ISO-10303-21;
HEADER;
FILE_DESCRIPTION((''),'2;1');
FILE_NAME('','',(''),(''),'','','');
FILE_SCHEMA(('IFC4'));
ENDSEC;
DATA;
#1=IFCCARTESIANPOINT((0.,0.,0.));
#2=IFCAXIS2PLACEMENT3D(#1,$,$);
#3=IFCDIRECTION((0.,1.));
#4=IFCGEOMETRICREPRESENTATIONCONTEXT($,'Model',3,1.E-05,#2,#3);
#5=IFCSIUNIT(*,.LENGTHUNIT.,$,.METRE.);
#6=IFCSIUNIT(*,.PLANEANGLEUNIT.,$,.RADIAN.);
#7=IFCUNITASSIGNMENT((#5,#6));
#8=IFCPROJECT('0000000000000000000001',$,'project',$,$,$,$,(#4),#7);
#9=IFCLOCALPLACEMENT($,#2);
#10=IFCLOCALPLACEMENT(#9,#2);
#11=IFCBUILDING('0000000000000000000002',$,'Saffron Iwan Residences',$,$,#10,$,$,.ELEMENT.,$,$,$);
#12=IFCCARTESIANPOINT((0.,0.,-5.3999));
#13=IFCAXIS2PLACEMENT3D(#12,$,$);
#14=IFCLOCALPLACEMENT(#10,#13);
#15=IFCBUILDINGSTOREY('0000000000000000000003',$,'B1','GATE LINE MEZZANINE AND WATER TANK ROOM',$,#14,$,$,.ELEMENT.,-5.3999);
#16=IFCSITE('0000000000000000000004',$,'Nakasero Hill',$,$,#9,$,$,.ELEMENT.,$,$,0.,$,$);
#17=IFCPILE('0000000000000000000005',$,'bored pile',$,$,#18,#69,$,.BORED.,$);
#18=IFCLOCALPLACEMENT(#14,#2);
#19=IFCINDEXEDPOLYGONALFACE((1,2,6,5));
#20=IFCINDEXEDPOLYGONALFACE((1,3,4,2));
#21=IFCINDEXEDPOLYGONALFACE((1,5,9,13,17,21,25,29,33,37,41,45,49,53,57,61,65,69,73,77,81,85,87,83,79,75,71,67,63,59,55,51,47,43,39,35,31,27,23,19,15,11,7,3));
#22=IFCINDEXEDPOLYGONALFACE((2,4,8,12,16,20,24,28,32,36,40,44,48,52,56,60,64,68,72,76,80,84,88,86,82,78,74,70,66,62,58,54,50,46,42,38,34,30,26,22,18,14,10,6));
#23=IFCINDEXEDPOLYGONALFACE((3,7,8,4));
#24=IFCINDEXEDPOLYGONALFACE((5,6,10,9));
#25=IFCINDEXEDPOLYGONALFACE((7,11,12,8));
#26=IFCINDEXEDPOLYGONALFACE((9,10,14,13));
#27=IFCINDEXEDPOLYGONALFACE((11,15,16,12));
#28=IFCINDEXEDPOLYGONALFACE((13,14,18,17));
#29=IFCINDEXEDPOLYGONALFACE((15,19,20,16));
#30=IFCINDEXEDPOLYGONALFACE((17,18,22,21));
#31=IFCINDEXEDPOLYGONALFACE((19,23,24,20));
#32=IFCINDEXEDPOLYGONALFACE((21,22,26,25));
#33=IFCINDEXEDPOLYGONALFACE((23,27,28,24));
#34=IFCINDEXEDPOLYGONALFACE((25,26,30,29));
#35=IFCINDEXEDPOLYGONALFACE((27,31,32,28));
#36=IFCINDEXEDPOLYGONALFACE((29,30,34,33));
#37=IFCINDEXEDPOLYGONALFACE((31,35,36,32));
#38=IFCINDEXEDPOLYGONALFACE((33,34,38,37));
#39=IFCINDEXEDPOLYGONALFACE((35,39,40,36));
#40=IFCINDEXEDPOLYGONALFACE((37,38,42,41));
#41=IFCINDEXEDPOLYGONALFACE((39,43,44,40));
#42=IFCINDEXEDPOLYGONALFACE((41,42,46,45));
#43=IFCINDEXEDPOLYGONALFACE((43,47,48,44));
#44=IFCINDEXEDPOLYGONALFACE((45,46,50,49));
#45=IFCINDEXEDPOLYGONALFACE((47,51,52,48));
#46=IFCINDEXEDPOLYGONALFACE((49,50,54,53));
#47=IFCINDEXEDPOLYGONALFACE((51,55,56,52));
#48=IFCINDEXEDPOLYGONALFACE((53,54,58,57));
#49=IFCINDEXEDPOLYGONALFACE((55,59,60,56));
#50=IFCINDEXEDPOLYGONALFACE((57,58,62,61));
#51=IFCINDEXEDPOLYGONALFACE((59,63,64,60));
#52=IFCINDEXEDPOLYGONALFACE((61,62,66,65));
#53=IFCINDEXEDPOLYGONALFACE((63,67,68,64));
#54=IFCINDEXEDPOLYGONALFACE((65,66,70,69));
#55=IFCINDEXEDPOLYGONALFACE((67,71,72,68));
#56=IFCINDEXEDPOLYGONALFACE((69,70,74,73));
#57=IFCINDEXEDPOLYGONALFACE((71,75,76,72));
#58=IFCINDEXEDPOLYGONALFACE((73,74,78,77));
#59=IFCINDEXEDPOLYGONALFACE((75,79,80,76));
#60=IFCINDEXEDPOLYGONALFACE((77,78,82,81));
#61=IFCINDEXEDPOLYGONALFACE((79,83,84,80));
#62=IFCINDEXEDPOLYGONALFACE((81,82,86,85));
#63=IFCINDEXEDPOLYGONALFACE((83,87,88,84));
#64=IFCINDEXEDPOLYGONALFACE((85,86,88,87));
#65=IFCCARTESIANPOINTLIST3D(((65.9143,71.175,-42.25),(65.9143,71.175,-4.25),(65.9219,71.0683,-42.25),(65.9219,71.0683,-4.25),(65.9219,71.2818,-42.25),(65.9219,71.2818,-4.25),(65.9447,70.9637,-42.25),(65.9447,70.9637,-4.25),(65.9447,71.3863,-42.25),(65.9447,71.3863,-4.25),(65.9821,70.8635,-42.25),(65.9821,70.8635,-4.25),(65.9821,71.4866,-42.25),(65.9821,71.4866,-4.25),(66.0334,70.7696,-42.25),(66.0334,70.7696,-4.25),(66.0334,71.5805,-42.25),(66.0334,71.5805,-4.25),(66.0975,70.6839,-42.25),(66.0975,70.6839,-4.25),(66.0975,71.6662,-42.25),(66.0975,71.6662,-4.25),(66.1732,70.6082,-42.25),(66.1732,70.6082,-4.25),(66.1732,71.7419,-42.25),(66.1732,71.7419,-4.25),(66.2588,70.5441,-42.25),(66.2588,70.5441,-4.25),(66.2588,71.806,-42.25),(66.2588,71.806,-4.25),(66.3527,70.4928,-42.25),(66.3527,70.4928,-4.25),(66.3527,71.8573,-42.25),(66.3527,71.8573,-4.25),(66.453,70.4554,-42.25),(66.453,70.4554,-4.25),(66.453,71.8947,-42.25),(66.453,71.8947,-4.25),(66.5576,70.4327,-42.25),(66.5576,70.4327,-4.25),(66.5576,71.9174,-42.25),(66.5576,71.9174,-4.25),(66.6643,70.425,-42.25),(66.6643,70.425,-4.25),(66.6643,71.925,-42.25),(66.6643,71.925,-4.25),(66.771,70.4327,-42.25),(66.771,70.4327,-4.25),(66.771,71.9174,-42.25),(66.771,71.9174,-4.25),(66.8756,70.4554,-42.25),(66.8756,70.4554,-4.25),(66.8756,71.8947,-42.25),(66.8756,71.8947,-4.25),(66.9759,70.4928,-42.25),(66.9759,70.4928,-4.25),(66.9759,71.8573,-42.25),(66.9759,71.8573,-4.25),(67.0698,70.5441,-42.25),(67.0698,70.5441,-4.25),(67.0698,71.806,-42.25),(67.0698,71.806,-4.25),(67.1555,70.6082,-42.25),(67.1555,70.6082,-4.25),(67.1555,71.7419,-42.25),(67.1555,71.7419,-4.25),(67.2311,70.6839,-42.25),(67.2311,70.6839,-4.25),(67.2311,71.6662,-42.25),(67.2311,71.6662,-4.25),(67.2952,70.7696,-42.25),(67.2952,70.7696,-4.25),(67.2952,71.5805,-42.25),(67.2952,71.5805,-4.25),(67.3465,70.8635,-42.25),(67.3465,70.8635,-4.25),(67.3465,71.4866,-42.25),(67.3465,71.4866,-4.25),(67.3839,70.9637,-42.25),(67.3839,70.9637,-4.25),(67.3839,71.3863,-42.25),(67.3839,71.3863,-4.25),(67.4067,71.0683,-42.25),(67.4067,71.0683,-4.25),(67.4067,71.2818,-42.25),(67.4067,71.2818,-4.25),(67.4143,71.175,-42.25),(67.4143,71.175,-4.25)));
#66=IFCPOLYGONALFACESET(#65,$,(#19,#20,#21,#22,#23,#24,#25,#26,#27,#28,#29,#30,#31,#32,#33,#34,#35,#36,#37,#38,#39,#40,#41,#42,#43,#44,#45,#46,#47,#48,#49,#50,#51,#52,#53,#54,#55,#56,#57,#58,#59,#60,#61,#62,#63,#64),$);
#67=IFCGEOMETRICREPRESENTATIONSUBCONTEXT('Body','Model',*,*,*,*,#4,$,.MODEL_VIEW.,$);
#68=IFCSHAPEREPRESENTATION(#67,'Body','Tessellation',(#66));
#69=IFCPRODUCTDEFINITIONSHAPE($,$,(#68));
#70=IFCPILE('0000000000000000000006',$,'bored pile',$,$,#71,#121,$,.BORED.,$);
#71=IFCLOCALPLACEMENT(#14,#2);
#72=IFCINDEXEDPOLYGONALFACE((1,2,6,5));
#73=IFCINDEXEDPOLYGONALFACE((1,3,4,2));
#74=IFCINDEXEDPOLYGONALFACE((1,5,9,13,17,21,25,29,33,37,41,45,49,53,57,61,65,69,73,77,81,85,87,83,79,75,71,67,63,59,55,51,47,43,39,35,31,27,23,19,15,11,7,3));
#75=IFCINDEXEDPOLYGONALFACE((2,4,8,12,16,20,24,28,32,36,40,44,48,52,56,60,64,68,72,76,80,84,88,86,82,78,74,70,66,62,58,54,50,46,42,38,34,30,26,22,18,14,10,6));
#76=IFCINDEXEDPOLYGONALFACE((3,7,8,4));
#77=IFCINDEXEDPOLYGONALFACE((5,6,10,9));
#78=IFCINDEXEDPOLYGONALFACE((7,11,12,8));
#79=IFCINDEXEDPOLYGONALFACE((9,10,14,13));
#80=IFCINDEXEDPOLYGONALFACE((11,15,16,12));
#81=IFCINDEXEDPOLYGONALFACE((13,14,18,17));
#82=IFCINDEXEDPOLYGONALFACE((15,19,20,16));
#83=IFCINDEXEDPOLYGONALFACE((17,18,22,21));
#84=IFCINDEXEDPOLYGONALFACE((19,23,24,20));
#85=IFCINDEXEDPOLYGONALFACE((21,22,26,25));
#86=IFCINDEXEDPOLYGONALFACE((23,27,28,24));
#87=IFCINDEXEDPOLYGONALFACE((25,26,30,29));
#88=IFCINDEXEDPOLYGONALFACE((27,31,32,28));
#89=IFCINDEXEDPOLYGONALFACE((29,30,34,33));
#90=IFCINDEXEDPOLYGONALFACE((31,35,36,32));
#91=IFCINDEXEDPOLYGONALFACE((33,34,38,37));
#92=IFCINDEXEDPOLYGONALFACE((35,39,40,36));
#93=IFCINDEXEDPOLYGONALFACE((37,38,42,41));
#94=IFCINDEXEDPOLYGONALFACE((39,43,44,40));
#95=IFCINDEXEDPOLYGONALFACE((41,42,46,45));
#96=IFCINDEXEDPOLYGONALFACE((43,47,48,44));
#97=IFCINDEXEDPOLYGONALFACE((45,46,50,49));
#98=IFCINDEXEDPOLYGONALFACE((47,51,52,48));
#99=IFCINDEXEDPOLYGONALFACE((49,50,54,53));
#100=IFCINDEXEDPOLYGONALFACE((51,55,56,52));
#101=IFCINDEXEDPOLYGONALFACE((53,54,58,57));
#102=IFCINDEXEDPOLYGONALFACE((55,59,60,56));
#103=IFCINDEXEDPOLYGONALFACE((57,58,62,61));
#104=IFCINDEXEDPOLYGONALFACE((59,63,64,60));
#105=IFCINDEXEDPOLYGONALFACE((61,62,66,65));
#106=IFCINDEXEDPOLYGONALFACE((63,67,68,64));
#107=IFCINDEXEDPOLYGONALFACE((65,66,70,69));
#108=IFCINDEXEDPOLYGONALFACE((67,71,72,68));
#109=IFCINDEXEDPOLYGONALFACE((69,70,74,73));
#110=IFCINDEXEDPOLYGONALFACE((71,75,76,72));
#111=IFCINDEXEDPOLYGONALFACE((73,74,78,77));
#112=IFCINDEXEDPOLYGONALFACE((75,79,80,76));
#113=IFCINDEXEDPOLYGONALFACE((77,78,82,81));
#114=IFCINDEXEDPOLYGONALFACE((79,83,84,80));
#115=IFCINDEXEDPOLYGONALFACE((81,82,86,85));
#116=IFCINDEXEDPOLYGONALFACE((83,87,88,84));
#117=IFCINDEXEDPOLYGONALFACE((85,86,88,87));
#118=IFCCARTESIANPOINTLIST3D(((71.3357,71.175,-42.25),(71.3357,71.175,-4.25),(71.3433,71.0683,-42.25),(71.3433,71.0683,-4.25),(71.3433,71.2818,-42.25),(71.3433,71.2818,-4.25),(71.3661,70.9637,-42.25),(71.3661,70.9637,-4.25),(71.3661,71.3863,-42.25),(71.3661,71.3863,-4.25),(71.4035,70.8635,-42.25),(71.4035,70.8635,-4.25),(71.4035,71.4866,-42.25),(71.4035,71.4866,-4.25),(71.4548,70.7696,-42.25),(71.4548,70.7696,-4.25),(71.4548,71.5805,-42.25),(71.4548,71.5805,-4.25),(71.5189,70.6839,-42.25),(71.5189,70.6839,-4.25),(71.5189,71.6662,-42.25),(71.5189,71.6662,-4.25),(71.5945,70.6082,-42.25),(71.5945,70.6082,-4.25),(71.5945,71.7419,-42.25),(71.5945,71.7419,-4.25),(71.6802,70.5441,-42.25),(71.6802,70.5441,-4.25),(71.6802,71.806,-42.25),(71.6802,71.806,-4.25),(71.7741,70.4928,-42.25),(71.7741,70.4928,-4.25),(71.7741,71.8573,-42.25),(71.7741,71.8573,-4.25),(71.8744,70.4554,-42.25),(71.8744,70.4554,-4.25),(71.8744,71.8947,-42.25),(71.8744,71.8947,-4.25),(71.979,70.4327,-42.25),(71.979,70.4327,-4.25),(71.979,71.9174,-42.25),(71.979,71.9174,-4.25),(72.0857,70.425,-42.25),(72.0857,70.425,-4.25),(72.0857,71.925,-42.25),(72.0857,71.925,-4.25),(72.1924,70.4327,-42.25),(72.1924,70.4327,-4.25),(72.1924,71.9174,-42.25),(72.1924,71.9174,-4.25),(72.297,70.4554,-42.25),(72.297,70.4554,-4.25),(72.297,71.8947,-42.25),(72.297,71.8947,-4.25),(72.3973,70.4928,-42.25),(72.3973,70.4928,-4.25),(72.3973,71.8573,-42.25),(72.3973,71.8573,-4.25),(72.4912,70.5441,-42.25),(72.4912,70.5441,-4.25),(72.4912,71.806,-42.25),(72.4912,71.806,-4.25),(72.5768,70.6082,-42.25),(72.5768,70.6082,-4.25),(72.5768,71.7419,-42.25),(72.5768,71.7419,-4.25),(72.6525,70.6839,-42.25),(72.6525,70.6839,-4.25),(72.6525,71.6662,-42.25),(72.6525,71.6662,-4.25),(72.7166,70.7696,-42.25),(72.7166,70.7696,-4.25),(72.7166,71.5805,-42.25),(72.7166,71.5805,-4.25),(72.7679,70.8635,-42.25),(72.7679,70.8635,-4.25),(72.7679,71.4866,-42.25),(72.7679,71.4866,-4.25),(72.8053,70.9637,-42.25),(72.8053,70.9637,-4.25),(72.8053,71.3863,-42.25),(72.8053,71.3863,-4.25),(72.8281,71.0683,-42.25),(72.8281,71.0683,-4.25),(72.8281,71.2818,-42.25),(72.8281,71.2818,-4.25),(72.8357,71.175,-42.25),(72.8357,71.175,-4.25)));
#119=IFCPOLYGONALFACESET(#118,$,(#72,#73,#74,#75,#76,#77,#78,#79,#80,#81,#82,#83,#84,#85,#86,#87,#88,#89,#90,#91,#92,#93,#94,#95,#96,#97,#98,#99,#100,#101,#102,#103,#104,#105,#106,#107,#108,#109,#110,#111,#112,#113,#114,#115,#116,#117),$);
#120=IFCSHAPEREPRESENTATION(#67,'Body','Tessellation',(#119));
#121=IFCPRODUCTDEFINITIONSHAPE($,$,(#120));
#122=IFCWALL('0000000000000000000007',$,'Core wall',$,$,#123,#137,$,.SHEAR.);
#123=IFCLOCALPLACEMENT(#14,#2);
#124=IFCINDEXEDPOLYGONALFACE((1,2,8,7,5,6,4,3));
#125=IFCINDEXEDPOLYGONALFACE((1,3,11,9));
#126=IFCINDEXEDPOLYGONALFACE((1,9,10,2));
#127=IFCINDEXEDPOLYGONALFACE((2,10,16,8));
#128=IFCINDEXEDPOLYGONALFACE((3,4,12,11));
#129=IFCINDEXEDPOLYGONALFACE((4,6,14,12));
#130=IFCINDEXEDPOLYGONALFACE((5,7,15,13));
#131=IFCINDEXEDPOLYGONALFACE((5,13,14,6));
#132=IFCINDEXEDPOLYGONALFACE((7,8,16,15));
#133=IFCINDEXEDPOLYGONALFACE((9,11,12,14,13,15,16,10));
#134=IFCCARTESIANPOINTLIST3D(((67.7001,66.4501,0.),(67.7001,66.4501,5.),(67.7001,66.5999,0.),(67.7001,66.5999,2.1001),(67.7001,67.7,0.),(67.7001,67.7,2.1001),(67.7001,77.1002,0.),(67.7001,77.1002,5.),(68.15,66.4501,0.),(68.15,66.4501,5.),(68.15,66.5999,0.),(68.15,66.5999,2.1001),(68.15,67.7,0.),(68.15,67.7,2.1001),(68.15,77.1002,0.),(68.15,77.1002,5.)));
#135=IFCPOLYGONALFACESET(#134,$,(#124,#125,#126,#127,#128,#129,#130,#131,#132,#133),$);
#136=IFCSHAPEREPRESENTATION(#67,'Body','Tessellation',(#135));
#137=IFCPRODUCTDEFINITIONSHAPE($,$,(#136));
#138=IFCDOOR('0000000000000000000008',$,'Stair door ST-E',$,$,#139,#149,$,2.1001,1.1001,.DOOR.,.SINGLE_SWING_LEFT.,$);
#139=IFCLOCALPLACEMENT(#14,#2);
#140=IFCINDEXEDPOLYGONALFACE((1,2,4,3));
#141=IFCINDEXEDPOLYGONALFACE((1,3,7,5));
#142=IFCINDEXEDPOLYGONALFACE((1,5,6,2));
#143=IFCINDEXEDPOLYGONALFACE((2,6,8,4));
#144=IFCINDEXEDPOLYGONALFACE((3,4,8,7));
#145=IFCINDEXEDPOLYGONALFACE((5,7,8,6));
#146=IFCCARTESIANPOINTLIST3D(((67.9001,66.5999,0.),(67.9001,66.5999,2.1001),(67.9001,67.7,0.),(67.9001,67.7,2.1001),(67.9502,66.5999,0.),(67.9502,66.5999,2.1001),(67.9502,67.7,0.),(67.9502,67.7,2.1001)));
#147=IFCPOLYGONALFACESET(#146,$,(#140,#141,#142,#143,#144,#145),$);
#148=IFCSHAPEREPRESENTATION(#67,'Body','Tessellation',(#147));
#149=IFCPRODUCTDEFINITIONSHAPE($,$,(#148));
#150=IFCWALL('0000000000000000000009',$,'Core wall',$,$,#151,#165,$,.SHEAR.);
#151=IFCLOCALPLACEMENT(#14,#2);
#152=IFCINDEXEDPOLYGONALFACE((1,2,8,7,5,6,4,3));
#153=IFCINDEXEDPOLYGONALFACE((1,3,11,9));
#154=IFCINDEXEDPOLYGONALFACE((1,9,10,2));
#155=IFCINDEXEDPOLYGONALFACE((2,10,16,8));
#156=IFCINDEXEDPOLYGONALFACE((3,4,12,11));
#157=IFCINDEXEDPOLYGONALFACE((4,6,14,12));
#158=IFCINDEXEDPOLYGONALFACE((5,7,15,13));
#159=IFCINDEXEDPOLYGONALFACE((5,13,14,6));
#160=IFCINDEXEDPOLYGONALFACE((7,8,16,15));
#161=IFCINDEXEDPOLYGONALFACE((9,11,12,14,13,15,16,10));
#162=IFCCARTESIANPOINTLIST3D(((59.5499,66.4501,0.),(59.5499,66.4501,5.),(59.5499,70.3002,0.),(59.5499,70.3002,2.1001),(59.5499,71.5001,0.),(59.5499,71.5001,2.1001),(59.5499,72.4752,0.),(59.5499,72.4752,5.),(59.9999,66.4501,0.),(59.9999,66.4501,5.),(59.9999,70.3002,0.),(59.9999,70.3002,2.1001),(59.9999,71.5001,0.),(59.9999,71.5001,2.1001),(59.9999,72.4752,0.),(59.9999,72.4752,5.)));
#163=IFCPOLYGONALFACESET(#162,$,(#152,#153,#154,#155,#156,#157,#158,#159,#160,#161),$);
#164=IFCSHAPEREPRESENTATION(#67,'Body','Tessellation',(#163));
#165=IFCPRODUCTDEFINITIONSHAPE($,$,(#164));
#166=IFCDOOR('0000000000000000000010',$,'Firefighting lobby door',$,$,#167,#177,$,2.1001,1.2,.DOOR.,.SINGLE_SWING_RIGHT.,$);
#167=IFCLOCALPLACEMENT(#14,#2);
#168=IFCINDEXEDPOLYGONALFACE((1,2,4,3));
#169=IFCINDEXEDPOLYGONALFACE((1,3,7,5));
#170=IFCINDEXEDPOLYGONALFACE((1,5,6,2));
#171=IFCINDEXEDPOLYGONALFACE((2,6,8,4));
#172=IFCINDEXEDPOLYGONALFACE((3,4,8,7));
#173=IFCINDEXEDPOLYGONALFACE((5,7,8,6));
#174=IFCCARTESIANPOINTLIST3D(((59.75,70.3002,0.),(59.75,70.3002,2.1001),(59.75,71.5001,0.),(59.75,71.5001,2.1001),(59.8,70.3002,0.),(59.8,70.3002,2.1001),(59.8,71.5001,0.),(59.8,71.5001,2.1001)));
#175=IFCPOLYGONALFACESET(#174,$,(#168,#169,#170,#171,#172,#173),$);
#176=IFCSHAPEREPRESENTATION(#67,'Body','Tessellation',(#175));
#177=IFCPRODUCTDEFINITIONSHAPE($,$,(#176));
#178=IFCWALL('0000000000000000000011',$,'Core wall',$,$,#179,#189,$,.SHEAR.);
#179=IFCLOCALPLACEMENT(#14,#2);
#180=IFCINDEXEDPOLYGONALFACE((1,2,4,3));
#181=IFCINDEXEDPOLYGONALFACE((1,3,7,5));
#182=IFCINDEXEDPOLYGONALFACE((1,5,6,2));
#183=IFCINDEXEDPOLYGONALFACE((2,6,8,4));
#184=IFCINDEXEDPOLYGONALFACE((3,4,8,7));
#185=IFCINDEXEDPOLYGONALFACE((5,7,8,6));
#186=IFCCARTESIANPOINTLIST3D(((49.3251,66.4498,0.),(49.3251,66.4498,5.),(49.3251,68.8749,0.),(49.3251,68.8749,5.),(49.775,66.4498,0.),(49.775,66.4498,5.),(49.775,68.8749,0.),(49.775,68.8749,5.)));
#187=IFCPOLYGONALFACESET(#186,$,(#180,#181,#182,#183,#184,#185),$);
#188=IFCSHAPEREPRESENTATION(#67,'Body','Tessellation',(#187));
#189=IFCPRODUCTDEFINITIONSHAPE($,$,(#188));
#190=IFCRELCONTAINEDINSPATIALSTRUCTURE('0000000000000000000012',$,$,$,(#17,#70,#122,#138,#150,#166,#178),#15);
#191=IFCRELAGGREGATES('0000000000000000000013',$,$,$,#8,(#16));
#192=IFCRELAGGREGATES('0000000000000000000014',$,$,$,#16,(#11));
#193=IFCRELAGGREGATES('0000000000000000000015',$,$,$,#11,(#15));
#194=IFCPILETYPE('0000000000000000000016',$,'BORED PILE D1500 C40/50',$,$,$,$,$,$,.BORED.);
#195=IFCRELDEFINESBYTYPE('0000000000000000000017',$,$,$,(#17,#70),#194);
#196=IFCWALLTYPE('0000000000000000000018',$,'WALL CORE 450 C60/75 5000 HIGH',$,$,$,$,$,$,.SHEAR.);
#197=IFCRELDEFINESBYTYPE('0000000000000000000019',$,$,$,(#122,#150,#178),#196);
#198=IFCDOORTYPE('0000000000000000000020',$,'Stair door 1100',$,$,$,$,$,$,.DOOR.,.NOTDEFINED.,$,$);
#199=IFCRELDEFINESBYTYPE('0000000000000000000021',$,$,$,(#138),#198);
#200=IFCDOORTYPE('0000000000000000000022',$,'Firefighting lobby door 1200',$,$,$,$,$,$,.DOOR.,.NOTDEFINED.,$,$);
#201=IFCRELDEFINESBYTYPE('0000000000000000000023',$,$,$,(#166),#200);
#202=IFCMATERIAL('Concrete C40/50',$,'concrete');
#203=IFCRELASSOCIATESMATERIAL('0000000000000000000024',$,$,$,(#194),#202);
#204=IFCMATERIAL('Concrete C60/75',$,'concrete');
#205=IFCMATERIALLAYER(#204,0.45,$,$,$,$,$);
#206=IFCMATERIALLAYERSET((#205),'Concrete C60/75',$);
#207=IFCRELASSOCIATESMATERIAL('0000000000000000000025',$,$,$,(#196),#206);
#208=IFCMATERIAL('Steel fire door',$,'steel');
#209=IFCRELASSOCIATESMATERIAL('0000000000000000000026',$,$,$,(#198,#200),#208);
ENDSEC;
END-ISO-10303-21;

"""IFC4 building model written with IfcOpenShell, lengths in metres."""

from ifc_helpers import new_model, si_unit, direction, frame, frame_2d, origin, origin_2d, place, context, subcontext, project, spatial, rectangle, circle, extrude, material, layer, layer_set, material_profile, profile_set, type_object, element, fill, save


model = new_model("IFC4")

# Units and contexts
model_context = context("Model", 3, precision=1e-05, world=origin(), true_north=direction((0.0, 1.0)))
body_context = subcontext(model_context, "Body", "Model", "MODEL_VIEW")
ifc_project = project(units=[si_unit("LENGTHUNIT", "METRE"), si_unit("PLANEANGLEUNIT", "RADIAN")], contexts=[model_context])

# Site, building, storey
site_placement = place(None, origin())
site = spatial("IfcSite", under=ifc_project, at=site_placement, Name="Nakasero Hill", CompositionType="ELEMENT", RefElevation=0.0)
building_placement = place(site_placement, origin())
building = spatial("IfcBuilding", under=site, at=building_placement, Name="Saffron Iwan Residences", CompositionType="ELEMENT")
storey_placement = place(building_placement, frame((0.0, 0.0, -5.3999)))
storey = spatial("IfcBuildingStorey", under=building, at=storey_placement, Name="B1", Description="GATE LINE MEZZANINE AND WATER TANK ROOM", CompositionType="ELEMENT", Elevation=-5.3999)

# Piles
ifc_material_1 = material(Name="Concrete C40/50", Category="concrete")
ifc_material_profile = material_profile(ifc_material_1, circle(Radius=0.75, at=origin_2d()), Name="RC D1500")
ifc_profile_set = profile_set([ifc_material_profile], Name="Concrete C40/50")
pile_type = type_object("IfcPileType", Name="BORED PILE D1500 C40/50", PredefinedType="BORED", material=ifc_profile_set)
for number, where, z_axis, x_axis, name in (
    (1, (66.6643, 71.175, -4.25), (0.0, 0.0, -1.0), (1.0, 0.0, 0.0), "bored pile"),
    (2, (72.0857, 71.175, -4.25), (0.0, 0.0, -1.0), (1.0, 0.0, 0.0), "bored pile"),
):
    element("IfcPile", number, at=place(storey_placement, frame(where, z_axis=z_axis, x_axis=x_axis)), inside=storey, type_object=pile_type, Name=name, PredefinedType="BORED", context=body_context, shape_type="SweptSolid", body=[
        extrude(circle(Radius=0.75, at=origin_2d()), origin(), (0.0, 0.0, 1.0), 38.0),
    ])

# Walls, openings, doors
ifc_material_2 = material(Name="Concrete C60/75", Category="concrete")
ifc_layer_1 = layer(ifc_material_2, 0.45)
ifc_layer_set_1 = layer_set([ifc_layer_1], Name="Concrete C60/75")
wall_type_1 = type_object("IfcWallType", Name="WALL CORE 450 C60/75 5000 HIGH", PredefinedType="SHEAR", material=ifc_layer_set_1)
wall_1_placement = place(storey_placement, frame((67.925, 66.45, 0.0), z_axis=(0.0, 0.0, 1.0), x_axis=(0.0, 1.0, 0.0)))
wall_1 = element("IfcWall", 3, at=wall_1_placement, inside=storey, type_object=wall_type_1, Name="Core wall", PredefinedType="SHEAR", context=body_context, shape_type="SweptSolid", body=[
    extrude(rectangle(XDim=10.6501, YDim=0.45, at=frame_2d((5.3252, 0.0))), origin(), (0.0, 0.0, 1.0), 5.0),
])
opening_1_placement = place(wall_1_placement, frame((0.1499, 0.0, 0.0)))
opening_1 = element("IfcOpeningElement", 4, at=opening_1_placement, cuts=wall_1, PredefinedType="OPENING", context=body_context, shape_type="SweptSolid", body=[
    extrude(rectangle(XDim=1.1001, YDim=2.1001, at=frame_2d((0.55, 1.05))), frame((0.0, 0.2349, 0.0), z_axis=(0.0, -1.0, 0.0), x_axis=(1.0, 0.0, 0.0)), (0.0, 0.0, 1.0), 0.47),
])
ifc_material_3 = material(Name="Steel fire door", Category="steel")
door_type_1 = type_object("IfcDoorType", Name="Stair door 1100", OperationType="NOTDEFINED", PredefinedType="DOOR", material=ifc_material_3)
door_1_placement = place(opening_1_placement, origin())
door_1 = element("IfcDoor", 5, at=door_1_placement, inside=storey, type_object=door_type_1, Name="Stair door ST-E", OperationType="SINGLE_SWING_LEFT", OverallHeight=2.1001, OverallWidth=1.1001, PredefinedType="DOOR", context=body_context, shape_type="SweptSolid", body=[
    extrude(rectangle(XDim=1.1001, YDim=2.1001, at=frame_2d((0.55, 1.05))), frame((0.0, 0.0249, 0.0), z_axis=(0.0, -1.0, 0.0), x_axis=(1.0, 0.0, 0.0)), (0.0, 0.0, 1.0), 0.05),
])
fill(opening_1, door_1)
wall_2_placement = place(storey_placement, frame((59.7749, 66.45, 0.0), z_axis=(0.0, 0.0, 1.0), x_axis=(0.0, 1.0, 0.0)))
wall_2 = element("IfcWall", 6, at=wall_2_placement, inside=storey, type_object=wall_type_1, Name="Core wall", PredefinedType="SHEAR", context=body_context, shape_type="SweptSolid", body=[
    extrude(rectangle(XDim=6.0251, YDim=0.45, at=frame_2d((3.0127, 0.0))), origin(), (0.0, 0.0, 1.0), 5.0),
])
opening_2_placement = place(wall_2_placement, frame((3.8501, 0.0, 0.0)))
opening_2 = element("IfcOpeningElement", 7, at=opening_2_placement, cuts=wall_2, PredefinedType="OPENING", context=body_context, shape_type="SweptSolid", body=[
    extrude(rectangle(XDim=1.2, YDim=2.1001, at=frame_2d((0.6001, 1.05))), frame((0.0, 0.2349, 0.0), z_axis=(0.0, -1.0, 0.0), x_axis=(1.0, 0.0, 0.0)), (0.0, 0.0, 1.0), 0.47),
])
door_type_2 = type_object("IfcDoorType", Name="Firefighting lobby door 1200", OperationType="NOTDEFINED", PredefinedType="DOOR", material=ifc_material_3)
door_2_placement = place(opening_2_placement, origin())
door_2 = element("IfcDoor", 8, at=door_2_placement, inside=storey, type_object=door_type_2, Name="Firefighting lobby door", OperationType="SINGLE_SWING_RIGHT", OverallHeight=2.1001, OverallWidth=1.2, PredefinedType="DOOR", context=body_context, shape_type="SweptSolid", body=[
    extrude(rectangle(XDim=1.2, YDim=2.1001, at=frame_2d((0.6001, 1.05))), frame((0.0, 0.0249, 0.0), z_axis=(0.0, -1.0, 0.0), x_axis=(1.0, 0.0, 0.0)), (0.0, 0.0, 1.0), 0.05),
])
fill(opening_2, door_2)

# Wall
for number, where, z_axis, x_axis, name in (
    (9, (49.55, 66.45, 0.0), (0.0, 0.0, 1.0), (0.0, 1.0, 0.0), "Core wall"),
):
    element("IfcWall", number, at=place(storey_placement, frame(where, z_axis=z_axis, x_axis=x_axis)), inside=storey, type_object=wall_type_1, Name=name, PredefinedType="SHEAR", context=body_context, shape_type="SweptSolid", body=[
        extrude(rectangle(XDim=2.425, YDim=0.45, at=frame_2d((1.2124, 0.0))), origin(), (0.0, 0.0, 1.0), 5.0),
    ])

save(model, "model.ifc")
